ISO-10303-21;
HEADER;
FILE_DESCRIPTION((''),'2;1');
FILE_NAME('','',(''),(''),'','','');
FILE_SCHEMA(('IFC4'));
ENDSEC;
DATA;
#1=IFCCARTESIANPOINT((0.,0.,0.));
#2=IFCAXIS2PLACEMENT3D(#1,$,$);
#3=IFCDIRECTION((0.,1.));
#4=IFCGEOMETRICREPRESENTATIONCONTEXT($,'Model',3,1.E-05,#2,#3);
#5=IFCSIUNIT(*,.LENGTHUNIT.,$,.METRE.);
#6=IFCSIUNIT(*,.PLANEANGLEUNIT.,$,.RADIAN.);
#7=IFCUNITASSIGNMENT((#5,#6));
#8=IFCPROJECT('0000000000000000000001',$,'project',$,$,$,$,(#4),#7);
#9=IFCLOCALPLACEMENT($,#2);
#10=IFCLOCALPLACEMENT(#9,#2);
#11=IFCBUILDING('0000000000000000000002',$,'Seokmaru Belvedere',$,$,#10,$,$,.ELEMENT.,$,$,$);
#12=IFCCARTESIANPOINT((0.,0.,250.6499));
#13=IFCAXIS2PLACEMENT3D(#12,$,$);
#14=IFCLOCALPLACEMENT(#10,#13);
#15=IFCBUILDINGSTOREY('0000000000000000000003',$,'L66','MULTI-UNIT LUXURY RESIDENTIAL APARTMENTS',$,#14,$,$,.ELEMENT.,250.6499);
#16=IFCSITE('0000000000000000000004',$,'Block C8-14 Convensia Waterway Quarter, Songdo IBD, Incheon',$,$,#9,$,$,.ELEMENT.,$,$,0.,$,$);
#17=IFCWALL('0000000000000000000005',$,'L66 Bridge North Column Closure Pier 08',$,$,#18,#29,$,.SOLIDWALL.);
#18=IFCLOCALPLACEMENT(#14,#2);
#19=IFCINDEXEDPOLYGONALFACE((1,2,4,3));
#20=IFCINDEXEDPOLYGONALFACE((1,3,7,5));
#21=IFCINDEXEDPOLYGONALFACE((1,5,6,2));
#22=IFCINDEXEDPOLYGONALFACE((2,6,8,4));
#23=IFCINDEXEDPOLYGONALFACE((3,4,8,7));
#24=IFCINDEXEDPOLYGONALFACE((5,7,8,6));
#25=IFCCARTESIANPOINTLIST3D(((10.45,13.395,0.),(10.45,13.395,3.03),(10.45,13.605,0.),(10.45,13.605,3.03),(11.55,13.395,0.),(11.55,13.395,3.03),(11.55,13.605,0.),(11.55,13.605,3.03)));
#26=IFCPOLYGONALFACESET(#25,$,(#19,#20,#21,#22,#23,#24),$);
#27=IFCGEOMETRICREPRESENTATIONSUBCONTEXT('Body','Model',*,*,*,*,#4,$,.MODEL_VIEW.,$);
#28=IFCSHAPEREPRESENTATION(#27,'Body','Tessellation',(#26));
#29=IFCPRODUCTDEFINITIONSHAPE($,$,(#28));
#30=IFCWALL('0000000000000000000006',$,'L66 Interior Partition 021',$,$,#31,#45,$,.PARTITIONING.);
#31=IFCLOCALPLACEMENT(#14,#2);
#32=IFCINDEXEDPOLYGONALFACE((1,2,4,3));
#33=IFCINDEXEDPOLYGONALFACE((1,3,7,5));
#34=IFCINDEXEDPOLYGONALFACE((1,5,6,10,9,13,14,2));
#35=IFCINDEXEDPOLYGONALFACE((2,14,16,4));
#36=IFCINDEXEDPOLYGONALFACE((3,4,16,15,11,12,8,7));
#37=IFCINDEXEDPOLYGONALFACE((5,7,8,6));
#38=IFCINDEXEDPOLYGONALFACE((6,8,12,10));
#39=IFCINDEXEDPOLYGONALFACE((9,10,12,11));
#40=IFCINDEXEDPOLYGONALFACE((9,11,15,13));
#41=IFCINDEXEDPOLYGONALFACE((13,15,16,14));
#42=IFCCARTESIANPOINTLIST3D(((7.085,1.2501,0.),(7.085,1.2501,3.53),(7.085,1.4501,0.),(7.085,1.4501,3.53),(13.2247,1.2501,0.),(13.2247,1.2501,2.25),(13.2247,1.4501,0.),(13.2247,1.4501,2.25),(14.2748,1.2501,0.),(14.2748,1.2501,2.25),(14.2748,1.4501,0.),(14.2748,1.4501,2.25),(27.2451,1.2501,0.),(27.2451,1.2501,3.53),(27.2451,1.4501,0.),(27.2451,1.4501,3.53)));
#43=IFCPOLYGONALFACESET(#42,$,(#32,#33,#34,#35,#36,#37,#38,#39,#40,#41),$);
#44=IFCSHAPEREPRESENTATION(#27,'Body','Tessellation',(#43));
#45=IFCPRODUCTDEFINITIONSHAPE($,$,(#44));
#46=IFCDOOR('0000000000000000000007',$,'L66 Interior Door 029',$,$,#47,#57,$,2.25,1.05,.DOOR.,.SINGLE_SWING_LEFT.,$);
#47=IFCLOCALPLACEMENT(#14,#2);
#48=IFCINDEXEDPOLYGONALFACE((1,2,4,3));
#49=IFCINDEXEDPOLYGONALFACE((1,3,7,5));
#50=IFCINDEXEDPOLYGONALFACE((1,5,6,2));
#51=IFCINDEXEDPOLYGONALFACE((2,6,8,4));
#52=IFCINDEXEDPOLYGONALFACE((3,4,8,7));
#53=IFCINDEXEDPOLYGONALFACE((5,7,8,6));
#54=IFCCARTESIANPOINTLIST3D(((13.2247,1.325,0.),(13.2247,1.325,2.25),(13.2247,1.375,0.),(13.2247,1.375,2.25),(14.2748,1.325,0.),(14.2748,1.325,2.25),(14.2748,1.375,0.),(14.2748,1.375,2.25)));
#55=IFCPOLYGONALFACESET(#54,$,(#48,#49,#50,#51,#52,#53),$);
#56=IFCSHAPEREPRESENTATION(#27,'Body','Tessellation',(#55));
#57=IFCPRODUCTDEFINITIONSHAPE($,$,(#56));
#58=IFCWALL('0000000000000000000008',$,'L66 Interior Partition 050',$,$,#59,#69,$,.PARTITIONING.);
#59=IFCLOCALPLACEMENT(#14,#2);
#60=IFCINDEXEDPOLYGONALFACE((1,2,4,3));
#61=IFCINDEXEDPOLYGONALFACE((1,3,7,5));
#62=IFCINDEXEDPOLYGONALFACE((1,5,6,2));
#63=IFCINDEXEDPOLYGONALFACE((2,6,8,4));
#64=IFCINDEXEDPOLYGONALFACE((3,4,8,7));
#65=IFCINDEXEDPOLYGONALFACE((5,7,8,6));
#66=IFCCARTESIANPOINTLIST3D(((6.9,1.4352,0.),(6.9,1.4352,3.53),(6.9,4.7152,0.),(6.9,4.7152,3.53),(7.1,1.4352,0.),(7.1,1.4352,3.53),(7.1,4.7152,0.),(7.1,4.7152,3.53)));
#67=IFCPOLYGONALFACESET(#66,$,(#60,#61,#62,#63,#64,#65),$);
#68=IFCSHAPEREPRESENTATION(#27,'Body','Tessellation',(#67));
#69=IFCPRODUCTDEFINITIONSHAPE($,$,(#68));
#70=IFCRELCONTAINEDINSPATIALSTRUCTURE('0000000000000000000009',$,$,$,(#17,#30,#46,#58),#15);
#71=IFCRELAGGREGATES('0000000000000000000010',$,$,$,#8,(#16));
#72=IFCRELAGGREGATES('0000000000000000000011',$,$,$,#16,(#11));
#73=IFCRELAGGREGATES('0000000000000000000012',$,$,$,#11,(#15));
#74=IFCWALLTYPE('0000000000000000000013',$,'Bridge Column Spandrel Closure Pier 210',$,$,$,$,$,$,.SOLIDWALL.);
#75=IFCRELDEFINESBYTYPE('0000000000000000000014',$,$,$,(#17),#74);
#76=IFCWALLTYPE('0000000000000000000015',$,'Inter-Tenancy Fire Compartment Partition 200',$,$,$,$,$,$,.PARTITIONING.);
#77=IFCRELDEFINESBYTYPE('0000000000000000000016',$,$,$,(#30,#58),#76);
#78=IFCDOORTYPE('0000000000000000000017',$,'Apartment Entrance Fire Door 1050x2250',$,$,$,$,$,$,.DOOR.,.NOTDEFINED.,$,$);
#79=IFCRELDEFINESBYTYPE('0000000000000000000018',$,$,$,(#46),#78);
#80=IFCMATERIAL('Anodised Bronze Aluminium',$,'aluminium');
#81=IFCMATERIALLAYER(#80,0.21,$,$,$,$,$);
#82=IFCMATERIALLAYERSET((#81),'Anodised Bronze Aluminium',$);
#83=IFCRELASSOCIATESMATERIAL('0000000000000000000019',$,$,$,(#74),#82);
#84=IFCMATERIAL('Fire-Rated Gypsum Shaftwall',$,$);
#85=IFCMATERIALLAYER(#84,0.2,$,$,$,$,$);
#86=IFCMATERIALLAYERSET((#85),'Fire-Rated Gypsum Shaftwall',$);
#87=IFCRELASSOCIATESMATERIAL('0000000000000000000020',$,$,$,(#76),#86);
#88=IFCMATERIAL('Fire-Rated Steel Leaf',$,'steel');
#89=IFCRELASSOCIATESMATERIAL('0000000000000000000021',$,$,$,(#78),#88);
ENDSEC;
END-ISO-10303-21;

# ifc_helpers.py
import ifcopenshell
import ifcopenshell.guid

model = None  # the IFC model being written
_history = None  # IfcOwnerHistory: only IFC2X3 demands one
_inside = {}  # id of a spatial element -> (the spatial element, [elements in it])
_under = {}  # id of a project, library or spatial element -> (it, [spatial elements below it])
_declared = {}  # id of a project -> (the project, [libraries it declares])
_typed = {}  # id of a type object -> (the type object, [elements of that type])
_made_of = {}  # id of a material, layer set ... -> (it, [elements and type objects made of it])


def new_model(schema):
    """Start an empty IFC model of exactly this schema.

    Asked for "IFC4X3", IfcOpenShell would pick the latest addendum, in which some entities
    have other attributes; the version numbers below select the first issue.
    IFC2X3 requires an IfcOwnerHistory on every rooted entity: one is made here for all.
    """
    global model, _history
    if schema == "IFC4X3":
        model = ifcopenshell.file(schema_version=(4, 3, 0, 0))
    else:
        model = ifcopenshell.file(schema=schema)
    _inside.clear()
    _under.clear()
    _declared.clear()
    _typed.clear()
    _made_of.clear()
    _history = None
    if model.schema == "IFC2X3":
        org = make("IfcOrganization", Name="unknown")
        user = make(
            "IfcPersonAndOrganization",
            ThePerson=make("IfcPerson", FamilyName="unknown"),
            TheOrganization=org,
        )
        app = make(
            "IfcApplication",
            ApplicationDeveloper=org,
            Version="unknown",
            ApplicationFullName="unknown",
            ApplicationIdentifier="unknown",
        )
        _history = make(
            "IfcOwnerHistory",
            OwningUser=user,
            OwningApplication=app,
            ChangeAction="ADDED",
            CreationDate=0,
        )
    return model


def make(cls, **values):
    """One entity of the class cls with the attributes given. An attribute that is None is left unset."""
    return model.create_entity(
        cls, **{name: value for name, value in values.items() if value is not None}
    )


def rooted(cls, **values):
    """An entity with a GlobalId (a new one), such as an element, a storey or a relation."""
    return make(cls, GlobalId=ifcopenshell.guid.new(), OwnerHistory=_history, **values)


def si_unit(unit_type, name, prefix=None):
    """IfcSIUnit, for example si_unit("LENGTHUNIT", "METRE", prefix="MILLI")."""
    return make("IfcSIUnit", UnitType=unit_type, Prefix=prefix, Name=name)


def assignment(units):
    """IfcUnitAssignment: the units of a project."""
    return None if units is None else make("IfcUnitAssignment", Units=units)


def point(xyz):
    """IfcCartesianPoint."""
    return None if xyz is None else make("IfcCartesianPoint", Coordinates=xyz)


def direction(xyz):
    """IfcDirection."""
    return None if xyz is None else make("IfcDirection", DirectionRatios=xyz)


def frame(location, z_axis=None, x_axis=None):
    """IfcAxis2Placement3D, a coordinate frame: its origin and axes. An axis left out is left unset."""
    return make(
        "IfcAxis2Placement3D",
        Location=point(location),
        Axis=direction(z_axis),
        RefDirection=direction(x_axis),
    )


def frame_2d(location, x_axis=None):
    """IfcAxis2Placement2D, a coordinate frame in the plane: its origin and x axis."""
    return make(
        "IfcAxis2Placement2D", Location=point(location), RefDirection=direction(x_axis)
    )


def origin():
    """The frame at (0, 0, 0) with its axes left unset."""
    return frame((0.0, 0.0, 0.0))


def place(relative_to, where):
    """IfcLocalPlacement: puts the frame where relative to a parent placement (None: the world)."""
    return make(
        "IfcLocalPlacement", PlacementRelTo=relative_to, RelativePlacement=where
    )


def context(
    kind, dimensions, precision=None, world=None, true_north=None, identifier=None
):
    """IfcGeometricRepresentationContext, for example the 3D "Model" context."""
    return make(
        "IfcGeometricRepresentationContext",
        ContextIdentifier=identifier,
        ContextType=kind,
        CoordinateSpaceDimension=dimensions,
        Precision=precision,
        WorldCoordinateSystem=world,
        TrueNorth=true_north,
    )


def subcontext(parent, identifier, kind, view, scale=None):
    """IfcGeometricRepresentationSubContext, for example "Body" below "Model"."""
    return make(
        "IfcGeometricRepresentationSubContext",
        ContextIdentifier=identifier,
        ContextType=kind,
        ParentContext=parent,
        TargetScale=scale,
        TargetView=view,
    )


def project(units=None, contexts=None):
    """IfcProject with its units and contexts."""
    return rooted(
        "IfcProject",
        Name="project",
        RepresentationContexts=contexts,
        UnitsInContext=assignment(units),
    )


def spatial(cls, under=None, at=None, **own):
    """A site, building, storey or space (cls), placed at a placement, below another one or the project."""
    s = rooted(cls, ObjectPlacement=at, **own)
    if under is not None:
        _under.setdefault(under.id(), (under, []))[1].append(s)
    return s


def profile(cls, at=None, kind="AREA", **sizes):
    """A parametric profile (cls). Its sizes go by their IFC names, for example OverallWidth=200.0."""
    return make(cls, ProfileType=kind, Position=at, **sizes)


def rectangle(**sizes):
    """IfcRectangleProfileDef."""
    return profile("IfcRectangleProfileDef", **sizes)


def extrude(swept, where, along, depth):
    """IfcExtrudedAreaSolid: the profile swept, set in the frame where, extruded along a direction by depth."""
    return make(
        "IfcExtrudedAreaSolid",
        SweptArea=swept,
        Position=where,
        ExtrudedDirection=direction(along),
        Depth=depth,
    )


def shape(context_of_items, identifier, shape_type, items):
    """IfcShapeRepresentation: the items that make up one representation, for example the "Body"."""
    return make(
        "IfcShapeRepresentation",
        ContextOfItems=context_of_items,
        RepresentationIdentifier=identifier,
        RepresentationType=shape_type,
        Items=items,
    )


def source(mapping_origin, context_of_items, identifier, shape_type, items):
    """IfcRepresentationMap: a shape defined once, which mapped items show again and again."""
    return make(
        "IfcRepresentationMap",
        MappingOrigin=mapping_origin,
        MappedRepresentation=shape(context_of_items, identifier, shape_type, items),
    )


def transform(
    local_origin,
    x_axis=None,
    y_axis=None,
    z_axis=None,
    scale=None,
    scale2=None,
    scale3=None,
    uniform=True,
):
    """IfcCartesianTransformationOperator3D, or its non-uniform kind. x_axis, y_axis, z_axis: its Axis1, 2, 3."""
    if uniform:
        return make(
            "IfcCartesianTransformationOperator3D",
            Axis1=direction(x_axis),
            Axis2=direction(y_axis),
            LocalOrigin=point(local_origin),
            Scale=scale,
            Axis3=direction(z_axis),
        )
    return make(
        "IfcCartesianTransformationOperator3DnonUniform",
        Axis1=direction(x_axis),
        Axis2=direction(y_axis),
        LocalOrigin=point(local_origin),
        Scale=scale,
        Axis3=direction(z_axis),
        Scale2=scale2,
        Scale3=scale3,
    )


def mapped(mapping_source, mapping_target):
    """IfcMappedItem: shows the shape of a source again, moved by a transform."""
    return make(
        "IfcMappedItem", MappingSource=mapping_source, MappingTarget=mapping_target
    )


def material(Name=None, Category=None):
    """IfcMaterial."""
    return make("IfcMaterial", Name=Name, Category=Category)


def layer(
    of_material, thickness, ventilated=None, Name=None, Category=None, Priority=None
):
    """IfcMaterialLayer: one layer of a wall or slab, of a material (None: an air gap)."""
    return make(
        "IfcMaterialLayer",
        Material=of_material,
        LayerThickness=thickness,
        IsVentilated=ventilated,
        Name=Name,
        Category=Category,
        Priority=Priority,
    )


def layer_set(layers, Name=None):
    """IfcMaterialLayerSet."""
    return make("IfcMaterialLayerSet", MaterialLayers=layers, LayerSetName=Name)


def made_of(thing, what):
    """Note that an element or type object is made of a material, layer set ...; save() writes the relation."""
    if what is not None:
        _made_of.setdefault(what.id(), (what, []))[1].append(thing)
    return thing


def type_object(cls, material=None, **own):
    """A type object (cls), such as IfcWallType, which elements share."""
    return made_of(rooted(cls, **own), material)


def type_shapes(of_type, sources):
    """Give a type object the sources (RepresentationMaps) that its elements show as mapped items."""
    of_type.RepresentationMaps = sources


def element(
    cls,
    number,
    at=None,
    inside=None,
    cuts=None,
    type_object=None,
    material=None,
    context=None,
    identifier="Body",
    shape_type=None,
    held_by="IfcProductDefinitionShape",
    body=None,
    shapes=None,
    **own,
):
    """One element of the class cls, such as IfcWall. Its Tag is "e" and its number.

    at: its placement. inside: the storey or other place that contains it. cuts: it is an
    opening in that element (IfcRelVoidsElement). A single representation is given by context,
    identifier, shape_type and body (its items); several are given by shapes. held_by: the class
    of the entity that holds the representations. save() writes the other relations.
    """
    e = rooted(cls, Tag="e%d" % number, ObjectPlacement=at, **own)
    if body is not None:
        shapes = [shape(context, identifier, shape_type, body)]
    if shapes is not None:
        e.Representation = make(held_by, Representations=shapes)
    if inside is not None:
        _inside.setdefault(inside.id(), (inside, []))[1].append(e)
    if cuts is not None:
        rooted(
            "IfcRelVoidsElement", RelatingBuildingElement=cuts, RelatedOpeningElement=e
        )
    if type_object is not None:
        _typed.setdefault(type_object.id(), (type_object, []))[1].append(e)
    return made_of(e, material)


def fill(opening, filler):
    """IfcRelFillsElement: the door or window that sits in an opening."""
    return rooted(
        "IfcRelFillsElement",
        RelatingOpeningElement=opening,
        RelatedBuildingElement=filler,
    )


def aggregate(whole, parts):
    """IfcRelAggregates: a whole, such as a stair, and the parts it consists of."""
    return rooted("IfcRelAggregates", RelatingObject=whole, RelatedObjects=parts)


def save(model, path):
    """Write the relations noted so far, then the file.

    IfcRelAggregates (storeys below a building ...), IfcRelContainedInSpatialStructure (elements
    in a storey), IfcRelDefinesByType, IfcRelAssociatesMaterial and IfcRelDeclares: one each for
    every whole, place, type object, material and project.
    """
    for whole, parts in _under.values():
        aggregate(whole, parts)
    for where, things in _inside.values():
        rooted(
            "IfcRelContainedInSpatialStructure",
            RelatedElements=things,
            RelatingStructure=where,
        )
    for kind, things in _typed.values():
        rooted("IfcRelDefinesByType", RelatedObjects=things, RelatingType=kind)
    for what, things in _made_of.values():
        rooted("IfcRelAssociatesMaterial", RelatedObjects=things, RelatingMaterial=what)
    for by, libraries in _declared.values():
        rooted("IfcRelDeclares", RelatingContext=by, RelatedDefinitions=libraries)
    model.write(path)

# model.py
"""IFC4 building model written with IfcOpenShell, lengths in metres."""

from ifc_helpers import new_model, si_unit, direction, frame, frame_2d, origin, place, context, subcontext, project, spatial, rectangle, extrude, source, transform, mapped, material, layer, layer_set, type_object, type_shapes, element, fill, save


model = new_model("IFC4")

# Units and contexts
model_context = context("Model", 3, precision=1e-05, world=origin(), true_north=direction((0.0, 1.0)))
body_context = subcontext(model_context, "Body", "Model", "MODEL_VIEW")
ifc_project = project(units=[si_unit("LENGTHUNIT", "METRE"), si_unit("PLANEANGLEUNIT", "RADIAN")], contexts=[model_context])

# Site, building, storey
site_placement = place(None, origin())
site = spatial("IfcSite", under=ifc_project, at=site_placement, Name="Block C8-14 Convensia Waterway Quarter, Songdo IBD, Incheon", CompositionType="ELEMENT", RefElevation=0.0)
building_placement = place(site_placement, origin())
building = spatial("IfcBuilding", under=site, at=building_placement, Name="Seokmaru Belvedere", CompositionType="ELEMENT")
storey_placement = place(building_placement, frame((0.0, 0.0, 250.6499)))
storey = spatial("IfcBuildingStorey", under=building, at=storey_placement, Name="L66", Description="MULTI-UNIT LUXURY RESIDENTIAL APARTMENTS", CompositionType="ELEMENT", Elevation=250.6499)

# Shared definitions
ifc_material_1 = material(Name="Anodised Bronze Aluminium", Category="aluminium")

# Shared definitions
ifc_material_2 = material(Name="Fire-Rated Gypsum Shaftwall")

# Wall
ifc_layer_1 = layer(ifc_material_1, 0.21)
ifc_layer_set_1 = layer_set([ifc_layer_1], Name="Anodised Bronze Aluminium")
wall_type_1 = type_object("IfcWallType", Name="Bridge Column Spandrel Closure Pier 210", PredefinedType="SOLIDWALL", material=ifc_layer_set_1)
wall_1_placement = place(storey_placement, frame((10.45, 13.5, 0.0), z_axis=(0.0, 0.0, 1.0), x_axis=(1.0, 0.0, 0.0)))
element("IfcWall", 1, at=wall_1_placement, inside=storey, type_object=wall_type_1, Name="L66 Bridge North Column Closure Pier 08", PredefinedType="SOLIDWALL", context=body_context, shape_type="SweptSolid", body=[
    extrude(rectangle(XDim=1.1001, YDim=0.21, at=frame_2d((0.55, 0.0))), origin(), (0.0, 0.0, 1.0), 3.03),
])

# Wall, opening, door
ifc_layer_2 = layer(ifc_material_2, 0.2)
ifc_layer_set_2 = layer_set([ifc_layer_2], Name="Fire-Rated Gypsum Shaftwall")
wall_type_2 = type_object("IfcWallType", Name="Inter-Tenancy Fire Compartment Partition 200", PredefinedType="PARTITIONING", material=ifc_layer_set_2)
wall_2_placement = place(storey_placement, frame((7.085, 1.3501, 0.0), z_axis=(0.0, 0.0, 1.0), x_axis=(1.0, 0.0, 0.0)))
wall_2 = element("IfcWall", 2, at=wall_2_placement, inside=storey, type_object=wall_type_2, Name="L66 Interior Partition 021", PredefinedType="PARTITIONING", context=body_context, shape_type="SweptSolid", body=[
    extrude(rectangle(XDim=20.1602, YDim=0.2, at=frame_2d((10.0801, 0.0))), origin(), (0.0, 0.0, 1.0), 3.53),
])
opening_1_placement = place(wall_2_placement, frame((6.1399, 0.0, 0.0)))
opening_1 = element("IfcOpeningElement", 3, at=opening_1_placement, cuts=wall_2, PredefinedType="OPENING", context=body_context, shape_type="SweptSolid", body=[
    extrude(rectangle(XDim=1.05, YDim=2.25, at=frame_2d((0.5249, 1.125))), frame((0.0, 0.1099, 0.0), z_axis=(0.0, -1.0, 0.0), x_axis=(1.0, 0.0, 0.0)), (0.0, 0.0, 1.0), 0.22),
])
ifc_material_3 = material(Name="Fire-Rated Steel Leaf", Category="steel")
door_type_1 = type_object("IfcDoorType", Name="Apartment Entrance Fire Door 1050x2250", OperationType="NOTDEFINED", PredefinedType="DOOR", material=ifc_material_3)
shared_shape_1 = source(origin(), body_context, "Body", "SweptSolid", [
    extrude(rectangle(XDim=1.05, YDim=2.25, at=frame_2d((0.5249, 1.125))), frame((0.0, 0.0249, 0.0), z_axis=(0.0, -1.0, 0.0), x_axis=(1.0, 0.0, 0.0)), (0.0, 0.0, 1.0), 0.05),
])
type_shapes(door_type_1, [shared_shape_1])
door_1_placement = place(opening_1_placement, origin())
door_1 = element("IfcDoor", 4, at=door_1_placement, inside=storey, type_object=door_type_1, Name="L66 Interior Door 029", OperationType="SINGLE_SWING_LEFT", OverallHeight=2.25, OverallWidth=1.05, PredefinedType="DOOR", context=body_context, shape_type="MappedRepresentation", body=[
    mapped(shared_shape_1, transform((0.0, 0.0, 0.0), scale=1.0)),
])
fill(opening_1, door_1)

# Wall
wall_3_placement = place(storey_placement, frame((7.0, 1.4351, 0.0), z_axis=(0.0, 0.0, 1.0), x_axis=(0.0, 1.0, 0.0)))
element("IfcWall", 5, at=wall_3_placement, inside=storey, type_object=wall_type_2, Name="L66 Interior Partition 050", PredefinedType="PARTITIONING", context=body_context, shape_type="SweptSolid", body=[
    extrude(rectangle(XDim=3.28, YDim=0.2, at=frame_2d((1.6401, 0.0))), origin(), (0.0, 0.0, 1.0), 3.53),
])

save(model, "model.ifc")
